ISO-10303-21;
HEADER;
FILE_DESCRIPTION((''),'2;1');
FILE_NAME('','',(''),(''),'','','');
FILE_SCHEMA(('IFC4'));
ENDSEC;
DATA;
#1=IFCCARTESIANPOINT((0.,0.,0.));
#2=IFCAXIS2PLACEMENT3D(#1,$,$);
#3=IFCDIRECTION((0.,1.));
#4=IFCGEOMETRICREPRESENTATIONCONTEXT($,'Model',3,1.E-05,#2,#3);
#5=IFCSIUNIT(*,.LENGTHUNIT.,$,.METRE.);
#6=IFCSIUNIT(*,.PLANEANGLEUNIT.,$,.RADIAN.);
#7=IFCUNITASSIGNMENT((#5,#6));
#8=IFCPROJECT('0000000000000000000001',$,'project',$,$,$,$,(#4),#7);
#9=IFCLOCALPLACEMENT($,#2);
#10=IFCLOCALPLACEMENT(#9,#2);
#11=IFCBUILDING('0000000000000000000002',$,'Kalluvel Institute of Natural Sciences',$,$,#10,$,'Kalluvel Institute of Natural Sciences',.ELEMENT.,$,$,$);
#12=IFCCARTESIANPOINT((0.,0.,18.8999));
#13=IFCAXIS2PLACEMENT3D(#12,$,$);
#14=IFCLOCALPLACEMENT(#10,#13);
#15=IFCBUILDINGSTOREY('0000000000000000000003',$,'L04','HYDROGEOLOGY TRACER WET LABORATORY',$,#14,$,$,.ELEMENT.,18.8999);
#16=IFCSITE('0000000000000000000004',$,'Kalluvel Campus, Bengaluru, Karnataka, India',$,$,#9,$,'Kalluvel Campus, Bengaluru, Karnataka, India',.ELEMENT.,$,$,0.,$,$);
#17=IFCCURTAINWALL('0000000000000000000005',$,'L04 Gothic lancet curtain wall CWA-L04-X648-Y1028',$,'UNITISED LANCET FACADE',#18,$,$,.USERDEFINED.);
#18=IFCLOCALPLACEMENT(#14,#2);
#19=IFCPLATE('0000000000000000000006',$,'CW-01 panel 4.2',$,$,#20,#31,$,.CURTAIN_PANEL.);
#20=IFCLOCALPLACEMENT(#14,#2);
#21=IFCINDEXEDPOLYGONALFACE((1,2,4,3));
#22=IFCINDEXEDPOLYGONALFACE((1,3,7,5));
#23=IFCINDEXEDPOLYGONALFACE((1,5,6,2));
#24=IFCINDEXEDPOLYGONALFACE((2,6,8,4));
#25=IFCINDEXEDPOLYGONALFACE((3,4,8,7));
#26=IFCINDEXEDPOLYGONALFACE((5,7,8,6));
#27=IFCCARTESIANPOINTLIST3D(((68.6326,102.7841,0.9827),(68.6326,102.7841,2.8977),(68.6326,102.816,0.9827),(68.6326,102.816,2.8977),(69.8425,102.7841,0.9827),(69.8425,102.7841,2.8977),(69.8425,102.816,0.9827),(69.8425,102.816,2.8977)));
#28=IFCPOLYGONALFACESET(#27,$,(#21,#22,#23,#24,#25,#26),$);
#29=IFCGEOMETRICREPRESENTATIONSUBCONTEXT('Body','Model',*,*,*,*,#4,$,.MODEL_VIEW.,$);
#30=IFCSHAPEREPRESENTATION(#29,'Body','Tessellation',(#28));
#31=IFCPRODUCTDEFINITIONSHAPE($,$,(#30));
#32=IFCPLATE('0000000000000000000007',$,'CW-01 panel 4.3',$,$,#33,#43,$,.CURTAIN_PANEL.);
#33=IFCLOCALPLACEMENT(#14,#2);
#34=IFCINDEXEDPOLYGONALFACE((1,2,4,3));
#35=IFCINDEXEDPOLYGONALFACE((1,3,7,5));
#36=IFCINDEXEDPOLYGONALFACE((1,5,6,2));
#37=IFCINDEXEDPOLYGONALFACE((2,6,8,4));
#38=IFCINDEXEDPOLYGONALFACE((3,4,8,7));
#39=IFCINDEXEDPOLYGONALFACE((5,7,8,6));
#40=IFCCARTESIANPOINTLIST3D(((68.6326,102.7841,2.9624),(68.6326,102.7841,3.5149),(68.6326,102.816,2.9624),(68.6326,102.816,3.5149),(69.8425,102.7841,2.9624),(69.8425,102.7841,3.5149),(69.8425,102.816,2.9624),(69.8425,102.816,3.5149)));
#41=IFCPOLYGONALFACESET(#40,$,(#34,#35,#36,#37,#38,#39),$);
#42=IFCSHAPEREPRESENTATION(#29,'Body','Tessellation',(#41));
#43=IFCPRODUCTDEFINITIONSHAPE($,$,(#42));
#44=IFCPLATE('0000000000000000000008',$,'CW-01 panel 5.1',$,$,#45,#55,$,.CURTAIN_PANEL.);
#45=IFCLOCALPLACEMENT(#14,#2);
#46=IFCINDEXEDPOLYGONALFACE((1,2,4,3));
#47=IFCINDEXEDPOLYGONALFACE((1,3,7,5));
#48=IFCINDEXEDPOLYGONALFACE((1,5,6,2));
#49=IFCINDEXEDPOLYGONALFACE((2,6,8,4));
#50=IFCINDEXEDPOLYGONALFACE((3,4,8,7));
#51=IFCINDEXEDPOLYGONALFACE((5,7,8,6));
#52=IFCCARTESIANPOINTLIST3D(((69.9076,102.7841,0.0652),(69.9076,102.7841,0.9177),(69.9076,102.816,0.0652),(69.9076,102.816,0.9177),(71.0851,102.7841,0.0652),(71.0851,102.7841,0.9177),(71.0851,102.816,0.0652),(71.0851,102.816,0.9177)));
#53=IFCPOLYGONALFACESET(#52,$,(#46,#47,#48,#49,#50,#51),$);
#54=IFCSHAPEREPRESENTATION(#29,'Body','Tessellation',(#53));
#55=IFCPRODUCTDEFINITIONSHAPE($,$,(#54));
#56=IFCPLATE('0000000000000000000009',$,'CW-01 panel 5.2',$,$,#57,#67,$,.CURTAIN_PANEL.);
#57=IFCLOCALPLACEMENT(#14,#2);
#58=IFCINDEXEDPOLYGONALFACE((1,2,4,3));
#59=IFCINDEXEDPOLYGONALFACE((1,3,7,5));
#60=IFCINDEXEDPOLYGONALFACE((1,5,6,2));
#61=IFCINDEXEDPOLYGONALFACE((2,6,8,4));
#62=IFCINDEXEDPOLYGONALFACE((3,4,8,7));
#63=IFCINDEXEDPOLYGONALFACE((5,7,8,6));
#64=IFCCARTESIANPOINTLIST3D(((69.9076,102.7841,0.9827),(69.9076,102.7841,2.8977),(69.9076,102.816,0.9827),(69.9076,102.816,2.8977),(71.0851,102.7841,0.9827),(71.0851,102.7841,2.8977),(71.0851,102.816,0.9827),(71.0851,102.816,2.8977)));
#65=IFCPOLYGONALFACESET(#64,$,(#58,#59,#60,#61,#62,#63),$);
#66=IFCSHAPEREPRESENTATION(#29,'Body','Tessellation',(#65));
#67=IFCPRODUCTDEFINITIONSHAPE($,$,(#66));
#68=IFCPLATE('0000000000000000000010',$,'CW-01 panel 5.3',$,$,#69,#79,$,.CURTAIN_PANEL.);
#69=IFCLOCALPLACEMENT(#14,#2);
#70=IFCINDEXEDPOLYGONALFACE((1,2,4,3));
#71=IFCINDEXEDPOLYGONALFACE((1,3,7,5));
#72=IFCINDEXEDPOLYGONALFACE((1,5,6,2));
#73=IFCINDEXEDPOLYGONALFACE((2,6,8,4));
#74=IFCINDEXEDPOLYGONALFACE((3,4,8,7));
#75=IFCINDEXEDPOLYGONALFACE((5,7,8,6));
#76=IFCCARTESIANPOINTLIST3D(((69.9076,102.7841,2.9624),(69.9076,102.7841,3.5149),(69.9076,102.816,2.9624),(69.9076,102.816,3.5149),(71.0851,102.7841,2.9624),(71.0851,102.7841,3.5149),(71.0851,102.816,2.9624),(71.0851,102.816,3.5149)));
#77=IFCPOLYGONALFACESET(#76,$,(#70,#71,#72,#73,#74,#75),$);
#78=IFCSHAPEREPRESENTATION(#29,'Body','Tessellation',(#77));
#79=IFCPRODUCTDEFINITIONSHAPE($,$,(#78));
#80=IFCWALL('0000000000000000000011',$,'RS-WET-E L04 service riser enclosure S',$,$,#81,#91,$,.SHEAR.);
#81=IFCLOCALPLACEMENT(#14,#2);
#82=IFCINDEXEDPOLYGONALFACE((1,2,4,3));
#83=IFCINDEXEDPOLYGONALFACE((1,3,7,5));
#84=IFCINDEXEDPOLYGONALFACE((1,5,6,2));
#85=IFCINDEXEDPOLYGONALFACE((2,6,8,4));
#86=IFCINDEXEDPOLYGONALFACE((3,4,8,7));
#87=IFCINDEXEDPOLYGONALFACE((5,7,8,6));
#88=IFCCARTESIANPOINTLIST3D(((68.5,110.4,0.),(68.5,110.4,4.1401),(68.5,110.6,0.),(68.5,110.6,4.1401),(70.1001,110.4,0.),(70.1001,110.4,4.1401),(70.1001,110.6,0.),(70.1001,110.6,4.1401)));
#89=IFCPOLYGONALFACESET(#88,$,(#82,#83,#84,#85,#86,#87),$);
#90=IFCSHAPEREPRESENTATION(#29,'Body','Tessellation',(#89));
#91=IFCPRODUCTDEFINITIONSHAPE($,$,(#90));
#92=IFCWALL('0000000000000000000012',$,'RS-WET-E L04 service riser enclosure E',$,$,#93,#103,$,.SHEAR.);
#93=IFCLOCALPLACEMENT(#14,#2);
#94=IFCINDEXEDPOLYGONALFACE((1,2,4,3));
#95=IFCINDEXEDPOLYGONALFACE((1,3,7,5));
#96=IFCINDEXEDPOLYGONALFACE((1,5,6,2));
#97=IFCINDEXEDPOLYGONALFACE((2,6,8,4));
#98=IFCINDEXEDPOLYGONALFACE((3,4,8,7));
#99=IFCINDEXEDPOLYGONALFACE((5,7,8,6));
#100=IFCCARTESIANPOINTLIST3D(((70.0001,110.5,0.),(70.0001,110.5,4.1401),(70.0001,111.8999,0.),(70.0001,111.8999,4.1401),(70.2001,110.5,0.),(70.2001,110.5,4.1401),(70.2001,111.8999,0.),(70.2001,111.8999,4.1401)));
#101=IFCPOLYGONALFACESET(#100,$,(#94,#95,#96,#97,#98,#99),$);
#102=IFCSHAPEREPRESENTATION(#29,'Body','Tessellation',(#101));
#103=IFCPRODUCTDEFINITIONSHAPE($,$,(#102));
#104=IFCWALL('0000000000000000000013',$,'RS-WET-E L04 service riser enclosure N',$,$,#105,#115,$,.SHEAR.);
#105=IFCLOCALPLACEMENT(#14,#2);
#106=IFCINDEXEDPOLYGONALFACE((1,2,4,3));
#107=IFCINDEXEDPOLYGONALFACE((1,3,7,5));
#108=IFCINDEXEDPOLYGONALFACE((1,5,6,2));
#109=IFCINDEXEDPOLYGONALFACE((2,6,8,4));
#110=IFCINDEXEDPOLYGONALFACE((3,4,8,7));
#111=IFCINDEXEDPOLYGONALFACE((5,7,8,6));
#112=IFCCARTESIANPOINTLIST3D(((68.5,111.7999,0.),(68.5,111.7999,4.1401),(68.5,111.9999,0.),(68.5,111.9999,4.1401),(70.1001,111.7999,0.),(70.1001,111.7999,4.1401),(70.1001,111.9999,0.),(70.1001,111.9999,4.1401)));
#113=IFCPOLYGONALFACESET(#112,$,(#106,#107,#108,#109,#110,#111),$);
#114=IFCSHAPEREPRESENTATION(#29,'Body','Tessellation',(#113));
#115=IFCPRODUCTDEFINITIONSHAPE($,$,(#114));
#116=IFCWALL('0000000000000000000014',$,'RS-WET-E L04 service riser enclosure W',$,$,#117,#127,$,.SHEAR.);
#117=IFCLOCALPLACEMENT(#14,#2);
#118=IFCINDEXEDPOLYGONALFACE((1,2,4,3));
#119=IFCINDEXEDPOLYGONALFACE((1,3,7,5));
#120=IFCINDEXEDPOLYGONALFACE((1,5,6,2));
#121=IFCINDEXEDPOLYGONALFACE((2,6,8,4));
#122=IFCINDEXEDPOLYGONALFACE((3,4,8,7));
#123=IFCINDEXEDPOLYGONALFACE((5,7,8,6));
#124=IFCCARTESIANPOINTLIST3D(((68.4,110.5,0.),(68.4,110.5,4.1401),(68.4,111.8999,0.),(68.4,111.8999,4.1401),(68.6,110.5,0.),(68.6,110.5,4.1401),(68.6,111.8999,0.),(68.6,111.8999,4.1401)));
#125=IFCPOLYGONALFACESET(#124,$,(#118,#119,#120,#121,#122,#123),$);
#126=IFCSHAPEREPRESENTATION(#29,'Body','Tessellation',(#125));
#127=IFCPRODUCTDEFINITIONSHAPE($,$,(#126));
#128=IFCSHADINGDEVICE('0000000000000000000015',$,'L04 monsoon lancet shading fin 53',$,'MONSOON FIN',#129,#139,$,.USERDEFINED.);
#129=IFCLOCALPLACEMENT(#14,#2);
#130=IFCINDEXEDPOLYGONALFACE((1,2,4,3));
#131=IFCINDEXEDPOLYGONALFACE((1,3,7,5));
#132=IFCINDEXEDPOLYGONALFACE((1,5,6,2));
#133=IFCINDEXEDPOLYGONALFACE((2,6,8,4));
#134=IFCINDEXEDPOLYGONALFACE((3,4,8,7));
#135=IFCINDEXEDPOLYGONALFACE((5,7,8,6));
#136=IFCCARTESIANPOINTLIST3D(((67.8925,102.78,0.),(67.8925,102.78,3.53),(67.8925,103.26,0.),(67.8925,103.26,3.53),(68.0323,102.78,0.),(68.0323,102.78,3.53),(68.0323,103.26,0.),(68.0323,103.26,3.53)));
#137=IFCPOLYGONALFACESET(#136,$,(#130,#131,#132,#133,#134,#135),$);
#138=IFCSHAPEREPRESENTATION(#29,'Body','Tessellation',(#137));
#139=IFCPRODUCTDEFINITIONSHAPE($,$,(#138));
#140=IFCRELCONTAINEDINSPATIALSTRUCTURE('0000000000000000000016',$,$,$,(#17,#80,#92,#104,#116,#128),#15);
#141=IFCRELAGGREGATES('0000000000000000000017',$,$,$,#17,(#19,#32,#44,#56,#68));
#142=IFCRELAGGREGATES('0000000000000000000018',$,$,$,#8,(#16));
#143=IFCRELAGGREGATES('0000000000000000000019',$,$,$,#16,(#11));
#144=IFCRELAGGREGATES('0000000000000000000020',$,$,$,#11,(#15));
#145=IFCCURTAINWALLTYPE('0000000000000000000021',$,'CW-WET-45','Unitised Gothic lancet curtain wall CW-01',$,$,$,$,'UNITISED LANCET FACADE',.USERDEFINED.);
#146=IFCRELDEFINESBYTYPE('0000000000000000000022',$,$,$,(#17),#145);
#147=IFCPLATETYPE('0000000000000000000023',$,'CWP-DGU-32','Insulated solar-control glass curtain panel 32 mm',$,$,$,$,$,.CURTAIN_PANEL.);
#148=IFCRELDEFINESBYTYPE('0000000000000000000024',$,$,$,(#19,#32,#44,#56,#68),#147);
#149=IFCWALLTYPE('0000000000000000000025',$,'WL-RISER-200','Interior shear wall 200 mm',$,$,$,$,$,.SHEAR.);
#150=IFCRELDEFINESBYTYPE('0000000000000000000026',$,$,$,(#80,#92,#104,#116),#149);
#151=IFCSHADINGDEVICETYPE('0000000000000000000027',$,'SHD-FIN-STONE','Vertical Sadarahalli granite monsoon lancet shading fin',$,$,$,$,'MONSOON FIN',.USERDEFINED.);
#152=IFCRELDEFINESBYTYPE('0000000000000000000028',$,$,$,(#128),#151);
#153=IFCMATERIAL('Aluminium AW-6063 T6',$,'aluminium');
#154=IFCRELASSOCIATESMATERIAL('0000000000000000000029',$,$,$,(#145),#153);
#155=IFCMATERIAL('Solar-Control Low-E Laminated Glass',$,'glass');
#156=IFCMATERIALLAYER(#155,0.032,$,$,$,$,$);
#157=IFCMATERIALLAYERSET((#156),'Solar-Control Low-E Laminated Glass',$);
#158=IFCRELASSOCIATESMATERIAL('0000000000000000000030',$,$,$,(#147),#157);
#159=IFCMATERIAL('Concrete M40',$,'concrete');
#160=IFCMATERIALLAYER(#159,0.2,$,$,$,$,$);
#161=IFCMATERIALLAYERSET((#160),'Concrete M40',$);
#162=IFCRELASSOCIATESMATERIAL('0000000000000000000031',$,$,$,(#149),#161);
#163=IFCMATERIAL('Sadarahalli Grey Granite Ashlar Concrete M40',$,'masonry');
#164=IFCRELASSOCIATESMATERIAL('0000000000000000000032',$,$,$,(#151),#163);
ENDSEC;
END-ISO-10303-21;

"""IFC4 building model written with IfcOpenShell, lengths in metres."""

from ifc_helpers import new_model, si_unit, direction, frame, frame_2d, origin, origin_2d, place, context, subcontext, project, spatial, rectangle, extrude, material, layer, layer_set, type_object, element, aggregate, save


model = new_model("IFC4")

# Units and contexts
model_context = context("Model", 3, precision=1e-05, world=origin(), true_north=direction((0.0, 1.0)))
body_context = subcontext(model_context, "Body", "Model", "MODEL_VIEW")
ifc_project = project(units=[si_unit("LENGTHUNIT", "METRE"), si_unit("PLANEANGLEUNIT", "RADIAN")], contexts=[model_context])

# Site, building, storey
site_placement = place(None, origin())
site = spatial("IfcSite", under=ifc_project, at=site_placement, Name="Kalluvel Campus, Bengaluru, Karnataka, India", LongName="Kalluvel Campus, Bengaluru, Karnataka, India", CompositionType="ELEMENT", RefElevation=0.0)
building_placement = place(site_placement, origin())
building = spatial("IfcBuilding", under=site, at=building_placement, Name="Kalluvel Institute of Natural Sciences", LongName="Kalluvel Institute of Natural Sciences", CompositionType="ELEMENT")
storey_placement = place(building_placement, frame((0.0, 0.0, 18.8999)))
storey = spatial("IfcBuildingStorey", under=building, at=storey_placement, Name="L04", Description="HYDROGEOLOGY TRACER WET LABORATORY", CompositionType="ELEMENT", Elevation=18.8999)

# Curtain wall
ifc_material_1 = material(Name="Aluminium AW-6063 T6", Category="aluminium")
curtain_wall_type = type_object("IfcCurtainWallType", Name="CW-WET-45", Description="Unitised Gothic lancet curtain wall CW-01", ElementType="UNITISED LANCET FACADE", PredefinedType="USERDEFINED", material=ifc_material_1)
curtain_wall_placement = place(storey_placement, origin())
curtain_wall = element("IfcCurtainWall", 1, at=curtain_wall_placement, inside=storey, type_object=curtain_wall_type, Name="L04 Gothic lancet curtain wall CWA-L04-X648-Y1028", ObjectType="UNITISED LANCET FACADE", PredefinedType="USERDEFINED")

# Shared definitions
ifc_material_2 = material(Name="Concrete M40", Category="concrete")

# Plates
ifc_material_3 = material(Name="Solar-Control Low-E Laminated Glass", Category="glass")
ifc_layer_1 = layer(ifc_material_3, 0.032)
ifc_layer_set_1 = layer_set([ifc_layer_1], Name="Solar-Control Low-E Laminated Glass")
plate_type = type_object("IfcPlateType", Name="CWP-DGU-32", Description="Insulated solar-control glass curtain panel 32 mm", PredefinedType="CURTAIN_PANEL", material=ifc_layer_set_1)
plate_1_placement = place(storey_placement, frame((69.2375, 102.8, 0.9827), z_axis=(0.0, 0.0, 1.0), x_axis=(1.0, 0.0, 0.0)))
plate_1 = element("IfcPlate", 2, at=plate_1_placement, type_object=plate_type, Name="CW-01 panel 4.2", PredefinedType="CURTAIN_PANEL", context=body_context, shape_type="SweptSolid", body=[
    extrude(rectangle(XDim=1.21, YDim=0.032, at=origin_2d()), origin(), (0.0, 0.0, 1.0), 1.915),
])
plate_2_placement = place(storey_placement, frame((69.2375, 102.8, 2.9624), z_axis=(0.0, 0.0, 1.0), x_axis=(1.0, 0.0, 0.0)))
plate_2 = element("IfcPlate", 3, at=plate_2_placement, type_object=plate_type, Name="CW-01 panel 4.3", PredefinedType="CURTAIN_PANEL", context=body_context, shape_type="SweptSolid", body=[
    extrude(rectangle(XDim=1.21, YDim=0.032, at=origin_2d()), origin(), (0.0, 0.0, 1.0), 0.5525),
])
plate_3_placement = place(storey_placement, frame((70.4963, 102.8, 0.0652), z_axis=(0.0, 0.0, 1.0), x_axis=(1.0, 0.0, 0.0)))
plate_3 = element("IfcPlate", 4, at=plate_3_placement, type_object=plate_type, Name="CW-01 panel 5.1", PredefinedType="CURTAIN_PANEL", context=body_context, shape_type="SweptSolid", body=[
    extrude(rectangle(XDim=1.1775, YDim=0.032, at=origin_2d()), origin(), (0.0, 0.0, 1.0), 0.8525),
])
plate_4_placement = place(storey_placement, frame((70.4963, 102.8, 0.9827), z_axis=(0.0, 0.0, 1.0), x_axis=(1.0, 0.0, 0.0)))
plate_4 = element("IfcPlate", 5, at=plate_4_placement, type_object=plate_type, Name="CW-01 panel 5.2", PredefinedType="CURTAIN_PANEL", context=body_context, shape_type="SweptSolid", body=[
    extrude(rectangle(XDim=1.1775, YDim=0.032, at=origin_2d()), origin(), (0.0, 0.0, 1.0), 1.915),
])
plate_5_placement = place(storey_placement, frame((70.4963, 102.8, 2.9624), z_axis=(0.0, 0.0, 1.0), x_axis=(1.0, 0.0, 0.0)))
plate_5 = element("IfcPlate", 6, at=plate_5_placement, type_object=plate_type, Name="CW-01 panel 5.3", PredefinedType="CURTAIN_PANEL", context=body_context, shape_type="SweptSolid", body=[
    extrude(rectangle(XDim=1.1775, YDim=0.032, at=origin_2d()), origin(), (0.0, 0.0, 1.0), 0.5525),
])
aggregate(curtain_wall, [plate_1, plate_2, plate_3, plate_4, plate_5])

# Walls
ifc_layer_2 = layer(ifc_material_2, 0.2)
ifc_layer_set_2 = layer_set([ifc_layer_2], Name="Concrete M40")
wall_type = type_object("IfcWallType", Name="WL-RISER-200", Description="Interior shear wall 200 mm", PredefinedType="SHEAR", material=ifc_layer_set_2)
wall_1_placement = place(storey_placement, frame((68.5, 110.5, 0.0), z_axis=(0.0, 0.0, 1.0), x_axis=(1.0, 0.0, 0.0)))
element("IfcWall", 7, at=wall_1_placement, inside=storey, type_object=wall_type, Name="RS-WET-E L04 service riser enclosure S", PredefinedType="SHEAR", context=body_context, shape_type="SweptSolid", body=[
    extrude(rectangle(XDim=1.6001, YDim=0.2, at=frame_2d((0.8, 0.0))), origin(), (0.0, 0.0, 1.0), 4.1401),
])
wall_2_placement = place(storey_placement, frame((70.1001, 110.5, 0.0), z_axis=(0.0, 0.0, 1.0), x_axis=(0.0, 1.0, 0.0)))
element("IfcWall", 8, at=wall_2_placement, inside=storey, type_object=wall_type, Name="RS-WET-E L04 service riser enclosure E", PredefinedType="SHEAR", context=body_context, shape_type="SweptSolid", body=[
    extrude(rectangle(XDim=1.3999, YDim=0.2, at=frame_2d((0.7, 0.0))), origin(), (0.0, 0.0, 1.0), 4.1401),
])
wall_3_placement = place(storey_placement, frame((70.1001, 111.8999, 0.0), z_axis=(0.0, 0.0, 1.0), x_axis=(-1.0, 0.0, 0.0)))
element("IfcWall", 9, at=wall_3_placement, inside=storey, type_object=wall_type, Name="RS-WET-E L04 service riser enclosure N", PredefinedType="SHEAR", context=body_context, shape_type="SweptSolid", body=[
    extrude(rectangle(XDim=1.6001, YDim=0.2, at=frame_2d((0.8, 0.0))), origin(), (0.0, 0.0, 1.0), 4.1401),
])
wall_4_placement = place(storey_placement, frame((68.5, 111.8999, 0.0), z_axis=(0.0, 0.0, 1.0), x_axis=(0.0, -1.0, 0.0)))
element("IfcWall", 10, at=wall_4_placement, inside=storey, type_object=wall_type, Name="RS-WET-E L04 service riser enclosure W", PredefinedType="SHEAR", context=body_context, shape_type="SweptSolid", body=[
    extrude(rectangle(XDim=1.3999, YDim=0.2, at=frame_2d((0.7, 0.0))), origin(), (0.0, 0.0, 1.0), 4.1401),
])

# Shading device
ifc_material_4 = material(Name="Sadarahalli Grey Granite Ashlar Concrete M40", Category="masonry")
shading_device_type = type_object("IfcShadingDeviceType", Name="SHD-FIN-STONE", Description="Vertical Sadarahalli granite monsoon lancet shading fin", ElementType="MONSOON FIN", PredefinedType="USERDEFINED", material=ifc_material_4)
shading_device_placement = place(storey_placement, frame((67.9624, 103.02, 0.0), z_axis=(0.0, 0.0, 1.0), x_axis=(1.0, 0.0, 0.0)))
element("IfcShadingDevice", 11, at=shading_device_placement, inside=storey, type_object=shading_device_type, Name="L04 monsoon lancet shading fin 53", ObjectType="MONSOON FIN", PredefinedType="USERDEFINED", context=body_context, shape_type="SweptSolid", body=[
    extrude(rectangle(XDim=0.1399, YDim=0.48, at=origin_2d()), origin(), (0.0, 0.0, 1.0), 3.53),
])

save(model, "model.ifc")
